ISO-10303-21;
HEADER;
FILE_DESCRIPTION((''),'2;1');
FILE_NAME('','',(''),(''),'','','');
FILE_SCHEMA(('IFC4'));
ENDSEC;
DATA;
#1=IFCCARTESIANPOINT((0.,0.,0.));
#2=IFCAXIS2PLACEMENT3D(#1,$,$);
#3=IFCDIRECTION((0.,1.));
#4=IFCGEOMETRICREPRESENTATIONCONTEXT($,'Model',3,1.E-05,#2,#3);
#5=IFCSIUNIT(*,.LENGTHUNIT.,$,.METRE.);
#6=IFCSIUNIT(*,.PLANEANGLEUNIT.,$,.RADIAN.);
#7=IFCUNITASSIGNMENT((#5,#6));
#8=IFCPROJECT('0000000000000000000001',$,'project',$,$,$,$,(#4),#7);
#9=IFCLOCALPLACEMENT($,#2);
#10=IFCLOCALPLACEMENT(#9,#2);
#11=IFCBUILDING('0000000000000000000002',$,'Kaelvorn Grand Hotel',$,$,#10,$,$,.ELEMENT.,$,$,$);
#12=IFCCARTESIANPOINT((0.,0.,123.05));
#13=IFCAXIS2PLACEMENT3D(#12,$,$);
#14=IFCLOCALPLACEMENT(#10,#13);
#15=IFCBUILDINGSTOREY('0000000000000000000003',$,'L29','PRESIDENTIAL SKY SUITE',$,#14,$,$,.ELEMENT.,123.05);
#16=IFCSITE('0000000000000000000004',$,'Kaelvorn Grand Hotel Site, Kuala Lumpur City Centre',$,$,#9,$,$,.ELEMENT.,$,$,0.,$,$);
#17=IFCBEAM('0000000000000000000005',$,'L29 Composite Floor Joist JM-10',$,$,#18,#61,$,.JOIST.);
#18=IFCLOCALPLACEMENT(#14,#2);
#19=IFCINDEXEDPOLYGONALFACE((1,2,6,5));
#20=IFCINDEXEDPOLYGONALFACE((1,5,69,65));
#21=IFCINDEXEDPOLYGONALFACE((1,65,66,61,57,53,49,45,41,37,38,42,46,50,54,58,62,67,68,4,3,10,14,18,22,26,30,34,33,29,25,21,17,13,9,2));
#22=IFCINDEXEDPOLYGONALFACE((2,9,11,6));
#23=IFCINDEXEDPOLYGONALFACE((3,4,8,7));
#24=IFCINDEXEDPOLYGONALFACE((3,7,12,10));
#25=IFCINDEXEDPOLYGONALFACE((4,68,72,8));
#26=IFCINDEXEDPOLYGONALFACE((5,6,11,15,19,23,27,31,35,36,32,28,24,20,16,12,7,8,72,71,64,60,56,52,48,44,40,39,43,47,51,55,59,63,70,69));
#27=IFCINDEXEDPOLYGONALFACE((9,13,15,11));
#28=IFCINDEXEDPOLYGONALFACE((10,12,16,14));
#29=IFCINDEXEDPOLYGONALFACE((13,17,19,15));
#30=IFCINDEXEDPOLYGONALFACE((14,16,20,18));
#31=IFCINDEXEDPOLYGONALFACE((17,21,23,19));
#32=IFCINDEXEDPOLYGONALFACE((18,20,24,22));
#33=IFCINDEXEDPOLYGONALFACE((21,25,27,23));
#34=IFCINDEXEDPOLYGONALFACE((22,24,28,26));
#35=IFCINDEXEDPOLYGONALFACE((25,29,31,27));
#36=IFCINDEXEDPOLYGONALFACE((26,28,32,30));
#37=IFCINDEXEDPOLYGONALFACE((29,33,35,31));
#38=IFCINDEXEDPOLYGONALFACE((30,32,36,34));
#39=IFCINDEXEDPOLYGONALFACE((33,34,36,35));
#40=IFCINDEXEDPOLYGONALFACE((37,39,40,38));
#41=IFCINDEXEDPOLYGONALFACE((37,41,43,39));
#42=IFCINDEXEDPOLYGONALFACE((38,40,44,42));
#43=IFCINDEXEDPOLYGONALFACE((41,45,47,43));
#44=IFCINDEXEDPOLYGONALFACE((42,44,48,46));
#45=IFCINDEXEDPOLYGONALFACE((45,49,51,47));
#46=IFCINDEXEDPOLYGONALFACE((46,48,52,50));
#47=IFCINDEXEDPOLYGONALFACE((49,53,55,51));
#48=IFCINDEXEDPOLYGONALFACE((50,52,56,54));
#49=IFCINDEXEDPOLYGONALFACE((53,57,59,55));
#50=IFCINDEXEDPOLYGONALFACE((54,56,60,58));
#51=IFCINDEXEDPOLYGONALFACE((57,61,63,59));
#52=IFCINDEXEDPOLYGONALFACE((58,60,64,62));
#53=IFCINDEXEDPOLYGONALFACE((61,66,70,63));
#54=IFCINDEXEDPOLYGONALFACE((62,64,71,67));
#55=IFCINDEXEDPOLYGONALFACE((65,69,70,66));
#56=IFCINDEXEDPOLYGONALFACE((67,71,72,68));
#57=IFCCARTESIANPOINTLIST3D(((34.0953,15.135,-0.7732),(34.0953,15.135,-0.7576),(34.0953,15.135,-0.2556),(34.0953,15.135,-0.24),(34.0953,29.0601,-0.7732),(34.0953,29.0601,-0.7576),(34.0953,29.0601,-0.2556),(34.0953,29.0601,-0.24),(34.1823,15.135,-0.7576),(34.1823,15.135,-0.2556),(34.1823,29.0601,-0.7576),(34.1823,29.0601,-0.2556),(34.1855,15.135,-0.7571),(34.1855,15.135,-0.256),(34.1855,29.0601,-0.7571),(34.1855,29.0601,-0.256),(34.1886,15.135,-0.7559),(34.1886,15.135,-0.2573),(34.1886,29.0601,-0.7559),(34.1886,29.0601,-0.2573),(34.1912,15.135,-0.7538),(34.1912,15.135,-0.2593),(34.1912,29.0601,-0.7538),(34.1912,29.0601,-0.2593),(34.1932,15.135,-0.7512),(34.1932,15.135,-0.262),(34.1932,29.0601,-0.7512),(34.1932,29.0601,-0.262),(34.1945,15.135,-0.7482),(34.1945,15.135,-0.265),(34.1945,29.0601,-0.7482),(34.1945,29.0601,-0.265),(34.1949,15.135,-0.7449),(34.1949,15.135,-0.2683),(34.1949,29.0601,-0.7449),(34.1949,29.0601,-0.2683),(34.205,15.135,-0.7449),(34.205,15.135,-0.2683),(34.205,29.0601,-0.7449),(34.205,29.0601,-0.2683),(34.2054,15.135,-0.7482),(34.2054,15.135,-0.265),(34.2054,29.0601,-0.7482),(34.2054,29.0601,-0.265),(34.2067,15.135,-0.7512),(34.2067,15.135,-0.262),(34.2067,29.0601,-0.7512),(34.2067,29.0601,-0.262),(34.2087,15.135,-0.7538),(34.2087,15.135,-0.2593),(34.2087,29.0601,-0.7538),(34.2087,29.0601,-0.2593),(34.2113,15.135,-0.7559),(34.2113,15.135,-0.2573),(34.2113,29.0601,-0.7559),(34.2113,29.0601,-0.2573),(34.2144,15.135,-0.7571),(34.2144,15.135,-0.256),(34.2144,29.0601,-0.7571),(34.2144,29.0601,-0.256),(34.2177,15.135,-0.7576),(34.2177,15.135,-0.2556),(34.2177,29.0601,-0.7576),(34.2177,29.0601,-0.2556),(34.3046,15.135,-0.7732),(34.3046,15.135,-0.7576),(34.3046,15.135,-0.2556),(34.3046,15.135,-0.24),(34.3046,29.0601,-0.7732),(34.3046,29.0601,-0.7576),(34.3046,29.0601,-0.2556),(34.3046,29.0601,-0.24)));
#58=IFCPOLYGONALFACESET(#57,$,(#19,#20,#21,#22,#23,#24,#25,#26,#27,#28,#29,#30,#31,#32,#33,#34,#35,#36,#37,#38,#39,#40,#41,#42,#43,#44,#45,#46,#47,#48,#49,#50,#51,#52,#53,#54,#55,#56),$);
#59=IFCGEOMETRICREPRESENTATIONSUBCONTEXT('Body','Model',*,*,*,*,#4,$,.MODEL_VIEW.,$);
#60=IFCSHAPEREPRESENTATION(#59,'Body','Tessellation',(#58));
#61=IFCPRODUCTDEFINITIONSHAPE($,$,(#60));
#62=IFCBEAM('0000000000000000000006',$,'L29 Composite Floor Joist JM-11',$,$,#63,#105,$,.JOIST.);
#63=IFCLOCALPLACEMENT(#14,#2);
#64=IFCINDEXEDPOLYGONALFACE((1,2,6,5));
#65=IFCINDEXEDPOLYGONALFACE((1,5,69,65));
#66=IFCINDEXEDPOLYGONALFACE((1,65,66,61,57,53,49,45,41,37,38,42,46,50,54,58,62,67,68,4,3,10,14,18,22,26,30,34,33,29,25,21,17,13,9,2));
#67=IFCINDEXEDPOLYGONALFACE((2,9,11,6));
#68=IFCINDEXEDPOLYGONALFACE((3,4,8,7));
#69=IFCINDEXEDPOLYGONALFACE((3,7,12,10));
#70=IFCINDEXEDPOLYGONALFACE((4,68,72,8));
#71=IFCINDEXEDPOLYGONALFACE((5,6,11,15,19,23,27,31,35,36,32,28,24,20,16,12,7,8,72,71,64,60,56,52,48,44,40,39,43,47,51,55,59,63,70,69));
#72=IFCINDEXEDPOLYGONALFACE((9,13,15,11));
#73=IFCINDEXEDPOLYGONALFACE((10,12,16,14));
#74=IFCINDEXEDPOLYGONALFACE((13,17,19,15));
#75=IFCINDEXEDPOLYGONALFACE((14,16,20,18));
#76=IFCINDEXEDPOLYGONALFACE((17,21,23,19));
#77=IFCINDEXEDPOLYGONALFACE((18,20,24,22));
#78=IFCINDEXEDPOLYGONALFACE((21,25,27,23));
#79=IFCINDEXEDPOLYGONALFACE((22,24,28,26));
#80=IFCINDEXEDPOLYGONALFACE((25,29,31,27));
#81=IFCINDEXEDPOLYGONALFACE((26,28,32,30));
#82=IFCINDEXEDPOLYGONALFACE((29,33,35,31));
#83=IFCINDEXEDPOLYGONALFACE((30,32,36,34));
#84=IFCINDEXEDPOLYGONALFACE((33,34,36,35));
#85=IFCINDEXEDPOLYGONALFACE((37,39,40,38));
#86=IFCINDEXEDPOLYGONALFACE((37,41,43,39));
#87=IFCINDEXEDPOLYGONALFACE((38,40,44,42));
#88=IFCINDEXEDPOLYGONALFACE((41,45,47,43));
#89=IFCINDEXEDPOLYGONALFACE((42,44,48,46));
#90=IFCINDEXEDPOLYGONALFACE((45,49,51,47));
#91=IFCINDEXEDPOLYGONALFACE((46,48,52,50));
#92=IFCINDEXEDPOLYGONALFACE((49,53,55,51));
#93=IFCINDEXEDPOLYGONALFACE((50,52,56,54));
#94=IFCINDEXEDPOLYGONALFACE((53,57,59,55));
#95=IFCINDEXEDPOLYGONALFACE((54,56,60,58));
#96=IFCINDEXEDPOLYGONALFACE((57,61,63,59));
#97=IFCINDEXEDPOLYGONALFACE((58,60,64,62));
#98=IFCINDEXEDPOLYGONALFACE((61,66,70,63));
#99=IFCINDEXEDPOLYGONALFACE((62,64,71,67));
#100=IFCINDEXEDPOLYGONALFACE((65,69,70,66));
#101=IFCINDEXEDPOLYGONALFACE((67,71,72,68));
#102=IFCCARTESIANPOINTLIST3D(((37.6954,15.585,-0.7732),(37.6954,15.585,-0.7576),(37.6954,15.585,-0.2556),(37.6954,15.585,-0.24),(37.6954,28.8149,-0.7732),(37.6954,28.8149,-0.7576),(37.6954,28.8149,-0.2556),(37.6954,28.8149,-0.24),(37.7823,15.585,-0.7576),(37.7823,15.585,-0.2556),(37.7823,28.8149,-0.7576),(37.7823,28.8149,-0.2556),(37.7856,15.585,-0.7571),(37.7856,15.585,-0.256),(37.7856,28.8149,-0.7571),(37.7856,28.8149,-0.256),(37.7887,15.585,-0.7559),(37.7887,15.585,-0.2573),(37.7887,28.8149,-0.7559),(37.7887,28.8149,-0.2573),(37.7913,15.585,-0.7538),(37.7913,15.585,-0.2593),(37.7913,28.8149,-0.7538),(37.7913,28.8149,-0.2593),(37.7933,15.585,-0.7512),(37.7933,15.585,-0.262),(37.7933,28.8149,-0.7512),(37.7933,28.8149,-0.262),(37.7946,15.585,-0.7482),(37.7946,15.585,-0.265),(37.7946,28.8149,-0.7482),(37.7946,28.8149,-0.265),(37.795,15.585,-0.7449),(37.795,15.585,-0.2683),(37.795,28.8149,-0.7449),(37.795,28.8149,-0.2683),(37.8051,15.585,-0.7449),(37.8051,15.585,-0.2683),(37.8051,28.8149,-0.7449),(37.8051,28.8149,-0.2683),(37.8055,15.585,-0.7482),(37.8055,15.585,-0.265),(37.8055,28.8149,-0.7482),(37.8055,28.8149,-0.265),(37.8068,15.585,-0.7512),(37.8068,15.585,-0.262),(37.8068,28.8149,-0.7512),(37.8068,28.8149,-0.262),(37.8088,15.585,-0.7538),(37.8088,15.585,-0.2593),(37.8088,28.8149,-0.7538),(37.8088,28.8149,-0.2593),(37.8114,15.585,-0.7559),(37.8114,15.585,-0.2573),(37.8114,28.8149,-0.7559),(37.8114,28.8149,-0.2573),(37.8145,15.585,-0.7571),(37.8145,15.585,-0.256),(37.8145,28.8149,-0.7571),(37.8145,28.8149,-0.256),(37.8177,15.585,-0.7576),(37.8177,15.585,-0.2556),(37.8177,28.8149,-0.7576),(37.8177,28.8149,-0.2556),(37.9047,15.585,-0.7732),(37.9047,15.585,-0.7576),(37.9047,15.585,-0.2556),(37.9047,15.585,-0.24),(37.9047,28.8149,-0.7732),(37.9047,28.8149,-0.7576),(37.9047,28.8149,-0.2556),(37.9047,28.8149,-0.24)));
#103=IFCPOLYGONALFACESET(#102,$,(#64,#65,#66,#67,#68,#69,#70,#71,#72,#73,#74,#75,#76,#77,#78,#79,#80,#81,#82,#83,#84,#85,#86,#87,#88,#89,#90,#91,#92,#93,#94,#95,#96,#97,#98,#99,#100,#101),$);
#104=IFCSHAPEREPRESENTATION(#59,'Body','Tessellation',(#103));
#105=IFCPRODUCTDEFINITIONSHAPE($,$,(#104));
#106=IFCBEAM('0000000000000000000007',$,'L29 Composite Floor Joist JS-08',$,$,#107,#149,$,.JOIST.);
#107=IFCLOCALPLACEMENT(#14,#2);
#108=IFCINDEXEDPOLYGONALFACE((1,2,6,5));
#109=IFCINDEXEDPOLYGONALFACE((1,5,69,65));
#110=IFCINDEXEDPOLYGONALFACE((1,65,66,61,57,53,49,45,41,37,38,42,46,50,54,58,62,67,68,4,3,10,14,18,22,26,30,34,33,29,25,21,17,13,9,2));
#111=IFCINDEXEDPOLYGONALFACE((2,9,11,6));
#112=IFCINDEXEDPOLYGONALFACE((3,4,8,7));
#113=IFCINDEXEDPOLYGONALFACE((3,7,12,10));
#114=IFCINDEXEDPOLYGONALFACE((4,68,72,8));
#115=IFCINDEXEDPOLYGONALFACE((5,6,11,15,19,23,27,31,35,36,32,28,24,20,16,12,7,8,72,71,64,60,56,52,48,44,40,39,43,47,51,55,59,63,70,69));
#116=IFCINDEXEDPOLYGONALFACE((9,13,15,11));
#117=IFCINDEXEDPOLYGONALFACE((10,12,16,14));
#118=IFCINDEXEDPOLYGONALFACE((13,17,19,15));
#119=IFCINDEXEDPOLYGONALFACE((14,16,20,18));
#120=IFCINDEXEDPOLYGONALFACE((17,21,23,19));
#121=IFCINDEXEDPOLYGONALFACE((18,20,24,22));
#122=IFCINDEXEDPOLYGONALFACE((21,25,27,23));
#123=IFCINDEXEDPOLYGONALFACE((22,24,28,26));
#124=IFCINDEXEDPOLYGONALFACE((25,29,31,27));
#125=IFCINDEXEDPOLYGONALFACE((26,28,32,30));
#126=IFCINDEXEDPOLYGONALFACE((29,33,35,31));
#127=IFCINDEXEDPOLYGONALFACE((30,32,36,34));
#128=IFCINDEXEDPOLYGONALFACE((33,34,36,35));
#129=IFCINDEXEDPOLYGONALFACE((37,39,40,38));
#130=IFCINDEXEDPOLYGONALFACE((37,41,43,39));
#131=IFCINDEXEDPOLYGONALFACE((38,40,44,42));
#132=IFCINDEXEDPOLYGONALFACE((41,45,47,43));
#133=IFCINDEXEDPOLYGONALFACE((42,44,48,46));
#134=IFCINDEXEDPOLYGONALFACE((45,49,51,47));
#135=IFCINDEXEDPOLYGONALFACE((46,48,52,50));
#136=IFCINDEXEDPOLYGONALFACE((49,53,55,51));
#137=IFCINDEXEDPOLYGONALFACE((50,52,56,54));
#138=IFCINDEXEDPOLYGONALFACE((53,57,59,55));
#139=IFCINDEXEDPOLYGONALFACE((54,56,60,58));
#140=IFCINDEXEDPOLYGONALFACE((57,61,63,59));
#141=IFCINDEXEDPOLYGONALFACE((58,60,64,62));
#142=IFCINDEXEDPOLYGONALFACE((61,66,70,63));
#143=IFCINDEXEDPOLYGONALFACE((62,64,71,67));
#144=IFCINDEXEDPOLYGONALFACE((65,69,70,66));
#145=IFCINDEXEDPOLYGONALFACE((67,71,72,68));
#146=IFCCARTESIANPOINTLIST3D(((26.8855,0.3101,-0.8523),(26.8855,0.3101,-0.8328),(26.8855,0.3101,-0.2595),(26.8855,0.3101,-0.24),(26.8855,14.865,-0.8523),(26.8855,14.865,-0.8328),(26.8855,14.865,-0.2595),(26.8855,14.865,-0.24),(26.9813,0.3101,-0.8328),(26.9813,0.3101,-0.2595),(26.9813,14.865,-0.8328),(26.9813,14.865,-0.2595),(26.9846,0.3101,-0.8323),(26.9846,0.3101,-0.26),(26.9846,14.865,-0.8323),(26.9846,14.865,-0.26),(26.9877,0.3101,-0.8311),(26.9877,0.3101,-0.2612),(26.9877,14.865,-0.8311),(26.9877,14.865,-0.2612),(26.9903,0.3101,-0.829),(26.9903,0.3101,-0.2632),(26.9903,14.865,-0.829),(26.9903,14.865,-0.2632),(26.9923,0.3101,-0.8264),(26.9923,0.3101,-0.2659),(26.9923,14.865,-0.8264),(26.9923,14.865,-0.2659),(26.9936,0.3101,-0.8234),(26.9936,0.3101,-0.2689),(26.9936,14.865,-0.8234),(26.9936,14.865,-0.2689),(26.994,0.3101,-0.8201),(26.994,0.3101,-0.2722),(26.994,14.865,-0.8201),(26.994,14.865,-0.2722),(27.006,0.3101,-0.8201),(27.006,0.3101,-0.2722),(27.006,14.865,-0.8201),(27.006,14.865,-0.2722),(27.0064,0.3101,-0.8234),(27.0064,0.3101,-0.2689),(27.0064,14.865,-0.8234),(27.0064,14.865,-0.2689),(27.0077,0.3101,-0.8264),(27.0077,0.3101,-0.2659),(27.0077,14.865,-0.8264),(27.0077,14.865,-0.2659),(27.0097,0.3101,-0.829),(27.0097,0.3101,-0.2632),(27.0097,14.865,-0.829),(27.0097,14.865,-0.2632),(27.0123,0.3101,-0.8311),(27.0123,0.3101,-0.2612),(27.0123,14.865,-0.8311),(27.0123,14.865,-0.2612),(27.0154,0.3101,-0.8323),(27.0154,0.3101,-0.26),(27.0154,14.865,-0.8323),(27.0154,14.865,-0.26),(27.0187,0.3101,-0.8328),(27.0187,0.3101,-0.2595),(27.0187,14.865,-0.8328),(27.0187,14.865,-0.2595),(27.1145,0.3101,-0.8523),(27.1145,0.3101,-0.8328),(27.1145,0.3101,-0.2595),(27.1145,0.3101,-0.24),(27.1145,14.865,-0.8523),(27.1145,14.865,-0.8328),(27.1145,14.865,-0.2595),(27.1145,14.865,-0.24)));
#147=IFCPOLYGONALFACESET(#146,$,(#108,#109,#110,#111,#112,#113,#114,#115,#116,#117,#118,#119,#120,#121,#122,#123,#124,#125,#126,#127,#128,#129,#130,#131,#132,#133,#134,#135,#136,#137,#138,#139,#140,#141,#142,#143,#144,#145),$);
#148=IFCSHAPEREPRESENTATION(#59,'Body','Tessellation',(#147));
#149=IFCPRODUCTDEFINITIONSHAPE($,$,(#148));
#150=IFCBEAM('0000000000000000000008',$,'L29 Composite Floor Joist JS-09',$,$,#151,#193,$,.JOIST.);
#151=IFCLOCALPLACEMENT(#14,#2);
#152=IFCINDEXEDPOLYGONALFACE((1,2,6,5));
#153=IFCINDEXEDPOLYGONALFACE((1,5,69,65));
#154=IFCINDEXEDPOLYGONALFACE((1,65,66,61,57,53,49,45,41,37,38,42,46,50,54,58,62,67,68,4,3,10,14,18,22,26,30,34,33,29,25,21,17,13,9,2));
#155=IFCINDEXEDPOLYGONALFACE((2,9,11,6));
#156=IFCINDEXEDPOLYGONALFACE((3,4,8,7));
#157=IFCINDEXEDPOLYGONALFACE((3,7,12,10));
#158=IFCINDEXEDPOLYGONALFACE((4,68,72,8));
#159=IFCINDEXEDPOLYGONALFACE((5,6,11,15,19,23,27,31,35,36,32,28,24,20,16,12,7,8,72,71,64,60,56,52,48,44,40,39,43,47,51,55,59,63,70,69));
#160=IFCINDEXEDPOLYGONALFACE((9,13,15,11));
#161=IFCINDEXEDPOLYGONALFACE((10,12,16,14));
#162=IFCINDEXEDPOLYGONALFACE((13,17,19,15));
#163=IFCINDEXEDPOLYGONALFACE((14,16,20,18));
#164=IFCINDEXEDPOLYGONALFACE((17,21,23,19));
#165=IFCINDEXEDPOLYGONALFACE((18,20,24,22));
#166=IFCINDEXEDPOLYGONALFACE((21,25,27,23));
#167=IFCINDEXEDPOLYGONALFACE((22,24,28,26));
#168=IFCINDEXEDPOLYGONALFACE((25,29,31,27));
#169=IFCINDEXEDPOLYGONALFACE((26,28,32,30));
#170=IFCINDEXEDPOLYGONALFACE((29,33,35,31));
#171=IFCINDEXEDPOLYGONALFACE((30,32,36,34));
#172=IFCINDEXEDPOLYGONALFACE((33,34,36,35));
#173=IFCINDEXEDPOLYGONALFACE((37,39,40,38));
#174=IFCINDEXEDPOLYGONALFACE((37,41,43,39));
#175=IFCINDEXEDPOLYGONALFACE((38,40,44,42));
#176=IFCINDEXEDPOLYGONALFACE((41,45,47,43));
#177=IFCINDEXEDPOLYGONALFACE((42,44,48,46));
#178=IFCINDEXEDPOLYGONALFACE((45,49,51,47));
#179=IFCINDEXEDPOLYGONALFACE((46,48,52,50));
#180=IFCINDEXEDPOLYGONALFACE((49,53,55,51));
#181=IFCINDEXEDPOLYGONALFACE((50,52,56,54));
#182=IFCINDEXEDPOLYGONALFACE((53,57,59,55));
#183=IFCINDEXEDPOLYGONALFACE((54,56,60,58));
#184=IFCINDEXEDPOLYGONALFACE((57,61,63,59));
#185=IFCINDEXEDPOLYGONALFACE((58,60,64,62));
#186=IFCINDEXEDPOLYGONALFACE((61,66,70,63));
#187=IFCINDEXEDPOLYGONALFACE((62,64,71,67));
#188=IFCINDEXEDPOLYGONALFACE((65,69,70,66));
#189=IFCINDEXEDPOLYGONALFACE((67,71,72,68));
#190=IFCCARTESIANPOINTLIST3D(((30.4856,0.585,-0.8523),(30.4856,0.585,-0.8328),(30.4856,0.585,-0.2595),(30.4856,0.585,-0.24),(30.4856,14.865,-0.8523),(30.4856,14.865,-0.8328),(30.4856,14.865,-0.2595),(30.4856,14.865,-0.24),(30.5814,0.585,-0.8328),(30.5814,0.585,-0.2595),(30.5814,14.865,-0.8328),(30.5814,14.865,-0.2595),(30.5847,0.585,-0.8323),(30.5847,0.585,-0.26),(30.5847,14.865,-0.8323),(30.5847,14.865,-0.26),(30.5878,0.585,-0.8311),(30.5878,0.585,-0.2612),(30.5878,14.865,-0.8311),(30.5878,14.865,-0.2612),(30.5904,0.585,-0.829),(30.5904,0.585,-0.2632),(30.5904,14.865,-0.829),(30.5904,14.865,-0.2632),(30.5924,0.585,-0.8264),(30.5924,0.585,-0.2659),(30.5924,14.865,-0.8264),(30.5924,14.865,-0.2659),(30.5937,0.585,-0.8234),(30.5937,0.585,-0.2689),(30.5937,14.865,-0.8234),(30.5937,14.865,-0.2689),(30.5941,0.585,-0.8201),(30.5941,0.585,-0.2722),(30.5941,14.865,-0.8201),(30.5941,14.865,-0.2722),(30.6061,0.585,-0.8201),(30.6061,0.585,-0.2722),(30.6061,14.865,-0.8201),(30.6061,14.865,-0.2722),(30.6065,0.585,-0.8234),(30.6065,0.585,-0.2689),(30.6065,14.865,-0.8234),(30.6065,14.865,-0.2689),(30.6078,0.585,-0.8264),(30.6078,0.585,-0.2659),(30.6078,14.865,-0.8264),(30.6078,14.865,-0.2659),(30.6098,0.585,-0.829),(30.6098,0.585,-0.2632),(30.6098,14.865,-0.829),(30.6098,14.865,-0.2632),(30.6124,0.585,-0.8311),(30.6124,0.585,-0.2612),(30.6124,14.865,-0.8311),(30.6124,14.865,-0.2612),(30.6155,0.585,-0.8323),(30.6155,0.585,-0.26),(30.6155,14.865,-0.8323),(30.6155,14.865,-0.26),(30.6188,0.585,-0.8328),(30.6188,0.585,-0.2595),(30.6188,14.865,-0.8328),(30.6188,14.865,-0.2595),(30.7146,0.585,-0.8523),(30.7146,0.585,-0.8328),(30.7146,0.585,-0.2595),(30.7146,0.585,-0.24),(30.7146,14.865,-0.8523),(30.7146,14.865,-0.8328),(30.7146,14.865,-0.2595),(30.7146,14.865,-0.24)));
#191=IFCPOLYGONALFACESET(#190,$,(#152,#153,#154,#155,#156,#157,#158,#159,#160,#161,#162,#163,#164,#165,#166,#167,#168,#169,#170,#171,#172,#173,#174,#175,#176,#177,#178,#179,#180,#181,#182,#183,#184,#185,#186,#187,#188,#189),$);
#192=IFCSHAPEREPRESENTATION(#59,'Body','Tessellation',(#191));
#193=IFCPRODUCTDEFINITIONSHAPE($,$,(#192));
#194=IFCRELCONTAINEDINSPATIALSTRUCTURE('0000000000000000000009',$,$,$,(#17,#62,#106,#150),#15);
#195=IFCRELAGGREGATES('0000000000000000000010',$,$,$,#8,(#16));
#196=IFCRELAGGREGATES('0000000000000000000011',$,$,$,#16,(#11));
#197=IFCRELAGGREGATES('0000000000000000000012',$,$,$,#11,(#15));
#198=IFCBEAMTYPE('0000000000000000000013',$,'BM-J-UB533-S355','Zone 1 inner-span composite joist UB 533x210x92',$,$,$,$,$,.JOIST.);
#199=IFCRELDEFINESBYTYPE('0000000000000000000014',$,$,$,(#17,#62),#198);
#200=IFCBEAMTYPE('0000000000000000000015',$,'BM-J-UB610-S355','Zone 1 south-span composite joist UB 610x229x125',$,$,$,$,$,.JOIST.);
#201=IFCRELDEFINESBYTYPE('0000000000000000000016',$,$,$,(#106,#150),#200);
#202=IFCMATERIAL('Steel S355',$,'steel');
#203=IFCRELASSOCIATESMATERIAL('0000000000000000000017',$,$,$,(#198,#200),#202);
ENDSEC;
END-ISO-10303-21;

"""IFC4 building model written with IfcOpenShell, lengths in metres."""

from ifc_helpers import new_model, si_unit, direction, frame, origin, origin_2d, place, context, subcontext, project, spatial, i_section, extrude, material, material_profile, profile_set, type_object, element, save


model = new_model("IFC4")

# Units and contexts
model_context = context("Model", 3, precision=1e-05, world=origin(), true_north=direction((0.0, 1.0)))
body_context = subcontext(model_context, "Body", "Model", "MODEL_VIEW")
ifc_project = project(units=[si_unit("LENGTHUNIT", "METRE"), si_unit("PLANEANGLEUNIT", "RADIAN")], contexts=[model_context])

# Site, building, storey
site_placement = place(None, origin())
site = spatial("IfcSite", under=ifc_project, at=site_placement, Name="Kaelvorn Grand Hotel Site, Kuala Lumpur City Centre", CompositionType="ELEMENT", RefElevation=0.0)
building_placement = place(site_placement, origin())
building = spatial("IfcBuilding", under=site, at=building_placement, Name="Kaelvorn Grand Hotel", CompositionType="ELEMENT")
storey_placement = place(building_placement, frame((0.0, 0.0, 123.05)))
storey = spatial("IfcBuildingStorey", under=building, at=storey_placement, Name="L29", Description="PRESIDENTIAL SKY SUITE", CompositionType="ELEMENT", Elevation=123.05)

# Beams
ifc_material_1 = material(Name="Steel S355", Category="steel")
ifc_material_profile_1 = material_profile(ifc_material_1, i_section(OverallWidth=0.2092, OverallDepth=0.5332, WebThickness=0.01, FlangeThickness=0.0156, FilletRadius=0.0127, at=origin_2d()), Name="UB 533x210x92")
ifc_profile_set_1 = profile_set([ifc_material_profile_1], Name="Steel S355")
beam_type_1 = type_object("IfcBeamType", Name="BM-J-UB533-S355", Description="Zone 1 inner-span composite joist UB 533x210x92", PredefinedType="JOIST", material=ifc_profile_set_1)
beam_1_placement = place(storey_placement, frame((34.2, 15.135, -0.5066), z_axis=(0.0, 1.0, 0.0), x_axis=(-1.0, 0.0, 0.0)))
element("IfcBeam", 1, at=beam_1_placement, inside=storey, type_object=beam_type_1, Name="L29 Composite Floor Joist JM-10", PredefinedType="JOIST", context=body_context, shape_type="SweptSolid", body=[
    extrude(i_section(OverallWidth=0.2092, OverallDepth=0.5332, WebThickness=0.01, FlangeThickness=0.0156, FilletRadius=0.0127, at=origin_2d()), origin(), (0.0, 0.0, 1.0), 13.925),
])
beam_2_placement = place(storey_placement, frame((37.8, 15.585, -0.5066), z_axis=(0.0, 1.0, 0.0), x_axis=(-1.0, 0.0, 0.0)))
element("IfcBeam", 2, at=beam_2_placement, inside=storey, type_object=beam_type_1, Name="L29 Composite Floor Joist JM-11", PredefinedType="JOIST", context=body_context, shape_type="SweptSolid", body=[
    extrude(i_section(OverallWidth=0.2092, OverallDepth=0.5332, WebThickness=0.01, FlangeThickness=0.0156, FilletRadius=0.0127, at=origin_2d()), origin(), (0.0, 0.0, 1.0), 13.23),
])
ifc_material_profile_2 = material_profile(ifc_material_1, i_section(OverallWidth=0.229, OverallDepth=0.6123, WebThickness=0.012, FlangeThickness=0.0195, FilletRadius=0.0127, at=origin_2d()), Name="UB 610x229x125")
ifc_profile_set_2 = profile_set([ifc_material_profile_2], Name="Steel S355")
beam_type_2 = type_object("IfcBeamType", Name="BM-J-UB610-S355", Description="Zone 1 south-span composite joist UB 610x229x125", PredefinedType="JOIST", material=ifc_profile_set_2)
beam_3_placement = place(storey_placement, frame((27.0, 0.3101, -0.5461), z_axis=(0.0, 1.0, 0.0), x_axis=(-1.0, 0.0, 0.0)))
element("IfcBeam", 3, at=beam_3_placement, inside=storey, type_object=beam_type_2, Name="L29 Composite Floor Joist JS-08", PredefinedType="JOIST", context=body_context, shape_type="SweptSolid", body=[
    extrude(i_section(OverallWidth=0.229, OverallDepth=0.6123, WebThickness=0.012, FlangeThickness=0.0195, FilletRadius=0.0127, at=origin_2d()), origin(), (0.0, 0.0, 1.0), 14.5549),
])
beam_4_placement = place(storey_placement, frame((30.6001, 0.585, -0.5461), z_axis=(0.0, 1.0, 0.0), x_axis=(-1.0, 0.0, 0.0)))
element("IfcBeam", 4, at=beam_4_placement, inside=storey, type_object=beam_type_2, Name="L29 Composite Floor Joist JS-09", PredefinedType="JOIST", context=body_context, shape_type="SweptSolid", body=[
    extrude(i_section(OverallWidth=0.229, OverallDepth=0.6123, WebThickness=0.012, FlangeThickness=0.0195, FilletRadius=0.0127, at=origin_2d()), origin(), (0.0, 0.0, 1.0), 14.28),
])

save(model, "model.ifc")
